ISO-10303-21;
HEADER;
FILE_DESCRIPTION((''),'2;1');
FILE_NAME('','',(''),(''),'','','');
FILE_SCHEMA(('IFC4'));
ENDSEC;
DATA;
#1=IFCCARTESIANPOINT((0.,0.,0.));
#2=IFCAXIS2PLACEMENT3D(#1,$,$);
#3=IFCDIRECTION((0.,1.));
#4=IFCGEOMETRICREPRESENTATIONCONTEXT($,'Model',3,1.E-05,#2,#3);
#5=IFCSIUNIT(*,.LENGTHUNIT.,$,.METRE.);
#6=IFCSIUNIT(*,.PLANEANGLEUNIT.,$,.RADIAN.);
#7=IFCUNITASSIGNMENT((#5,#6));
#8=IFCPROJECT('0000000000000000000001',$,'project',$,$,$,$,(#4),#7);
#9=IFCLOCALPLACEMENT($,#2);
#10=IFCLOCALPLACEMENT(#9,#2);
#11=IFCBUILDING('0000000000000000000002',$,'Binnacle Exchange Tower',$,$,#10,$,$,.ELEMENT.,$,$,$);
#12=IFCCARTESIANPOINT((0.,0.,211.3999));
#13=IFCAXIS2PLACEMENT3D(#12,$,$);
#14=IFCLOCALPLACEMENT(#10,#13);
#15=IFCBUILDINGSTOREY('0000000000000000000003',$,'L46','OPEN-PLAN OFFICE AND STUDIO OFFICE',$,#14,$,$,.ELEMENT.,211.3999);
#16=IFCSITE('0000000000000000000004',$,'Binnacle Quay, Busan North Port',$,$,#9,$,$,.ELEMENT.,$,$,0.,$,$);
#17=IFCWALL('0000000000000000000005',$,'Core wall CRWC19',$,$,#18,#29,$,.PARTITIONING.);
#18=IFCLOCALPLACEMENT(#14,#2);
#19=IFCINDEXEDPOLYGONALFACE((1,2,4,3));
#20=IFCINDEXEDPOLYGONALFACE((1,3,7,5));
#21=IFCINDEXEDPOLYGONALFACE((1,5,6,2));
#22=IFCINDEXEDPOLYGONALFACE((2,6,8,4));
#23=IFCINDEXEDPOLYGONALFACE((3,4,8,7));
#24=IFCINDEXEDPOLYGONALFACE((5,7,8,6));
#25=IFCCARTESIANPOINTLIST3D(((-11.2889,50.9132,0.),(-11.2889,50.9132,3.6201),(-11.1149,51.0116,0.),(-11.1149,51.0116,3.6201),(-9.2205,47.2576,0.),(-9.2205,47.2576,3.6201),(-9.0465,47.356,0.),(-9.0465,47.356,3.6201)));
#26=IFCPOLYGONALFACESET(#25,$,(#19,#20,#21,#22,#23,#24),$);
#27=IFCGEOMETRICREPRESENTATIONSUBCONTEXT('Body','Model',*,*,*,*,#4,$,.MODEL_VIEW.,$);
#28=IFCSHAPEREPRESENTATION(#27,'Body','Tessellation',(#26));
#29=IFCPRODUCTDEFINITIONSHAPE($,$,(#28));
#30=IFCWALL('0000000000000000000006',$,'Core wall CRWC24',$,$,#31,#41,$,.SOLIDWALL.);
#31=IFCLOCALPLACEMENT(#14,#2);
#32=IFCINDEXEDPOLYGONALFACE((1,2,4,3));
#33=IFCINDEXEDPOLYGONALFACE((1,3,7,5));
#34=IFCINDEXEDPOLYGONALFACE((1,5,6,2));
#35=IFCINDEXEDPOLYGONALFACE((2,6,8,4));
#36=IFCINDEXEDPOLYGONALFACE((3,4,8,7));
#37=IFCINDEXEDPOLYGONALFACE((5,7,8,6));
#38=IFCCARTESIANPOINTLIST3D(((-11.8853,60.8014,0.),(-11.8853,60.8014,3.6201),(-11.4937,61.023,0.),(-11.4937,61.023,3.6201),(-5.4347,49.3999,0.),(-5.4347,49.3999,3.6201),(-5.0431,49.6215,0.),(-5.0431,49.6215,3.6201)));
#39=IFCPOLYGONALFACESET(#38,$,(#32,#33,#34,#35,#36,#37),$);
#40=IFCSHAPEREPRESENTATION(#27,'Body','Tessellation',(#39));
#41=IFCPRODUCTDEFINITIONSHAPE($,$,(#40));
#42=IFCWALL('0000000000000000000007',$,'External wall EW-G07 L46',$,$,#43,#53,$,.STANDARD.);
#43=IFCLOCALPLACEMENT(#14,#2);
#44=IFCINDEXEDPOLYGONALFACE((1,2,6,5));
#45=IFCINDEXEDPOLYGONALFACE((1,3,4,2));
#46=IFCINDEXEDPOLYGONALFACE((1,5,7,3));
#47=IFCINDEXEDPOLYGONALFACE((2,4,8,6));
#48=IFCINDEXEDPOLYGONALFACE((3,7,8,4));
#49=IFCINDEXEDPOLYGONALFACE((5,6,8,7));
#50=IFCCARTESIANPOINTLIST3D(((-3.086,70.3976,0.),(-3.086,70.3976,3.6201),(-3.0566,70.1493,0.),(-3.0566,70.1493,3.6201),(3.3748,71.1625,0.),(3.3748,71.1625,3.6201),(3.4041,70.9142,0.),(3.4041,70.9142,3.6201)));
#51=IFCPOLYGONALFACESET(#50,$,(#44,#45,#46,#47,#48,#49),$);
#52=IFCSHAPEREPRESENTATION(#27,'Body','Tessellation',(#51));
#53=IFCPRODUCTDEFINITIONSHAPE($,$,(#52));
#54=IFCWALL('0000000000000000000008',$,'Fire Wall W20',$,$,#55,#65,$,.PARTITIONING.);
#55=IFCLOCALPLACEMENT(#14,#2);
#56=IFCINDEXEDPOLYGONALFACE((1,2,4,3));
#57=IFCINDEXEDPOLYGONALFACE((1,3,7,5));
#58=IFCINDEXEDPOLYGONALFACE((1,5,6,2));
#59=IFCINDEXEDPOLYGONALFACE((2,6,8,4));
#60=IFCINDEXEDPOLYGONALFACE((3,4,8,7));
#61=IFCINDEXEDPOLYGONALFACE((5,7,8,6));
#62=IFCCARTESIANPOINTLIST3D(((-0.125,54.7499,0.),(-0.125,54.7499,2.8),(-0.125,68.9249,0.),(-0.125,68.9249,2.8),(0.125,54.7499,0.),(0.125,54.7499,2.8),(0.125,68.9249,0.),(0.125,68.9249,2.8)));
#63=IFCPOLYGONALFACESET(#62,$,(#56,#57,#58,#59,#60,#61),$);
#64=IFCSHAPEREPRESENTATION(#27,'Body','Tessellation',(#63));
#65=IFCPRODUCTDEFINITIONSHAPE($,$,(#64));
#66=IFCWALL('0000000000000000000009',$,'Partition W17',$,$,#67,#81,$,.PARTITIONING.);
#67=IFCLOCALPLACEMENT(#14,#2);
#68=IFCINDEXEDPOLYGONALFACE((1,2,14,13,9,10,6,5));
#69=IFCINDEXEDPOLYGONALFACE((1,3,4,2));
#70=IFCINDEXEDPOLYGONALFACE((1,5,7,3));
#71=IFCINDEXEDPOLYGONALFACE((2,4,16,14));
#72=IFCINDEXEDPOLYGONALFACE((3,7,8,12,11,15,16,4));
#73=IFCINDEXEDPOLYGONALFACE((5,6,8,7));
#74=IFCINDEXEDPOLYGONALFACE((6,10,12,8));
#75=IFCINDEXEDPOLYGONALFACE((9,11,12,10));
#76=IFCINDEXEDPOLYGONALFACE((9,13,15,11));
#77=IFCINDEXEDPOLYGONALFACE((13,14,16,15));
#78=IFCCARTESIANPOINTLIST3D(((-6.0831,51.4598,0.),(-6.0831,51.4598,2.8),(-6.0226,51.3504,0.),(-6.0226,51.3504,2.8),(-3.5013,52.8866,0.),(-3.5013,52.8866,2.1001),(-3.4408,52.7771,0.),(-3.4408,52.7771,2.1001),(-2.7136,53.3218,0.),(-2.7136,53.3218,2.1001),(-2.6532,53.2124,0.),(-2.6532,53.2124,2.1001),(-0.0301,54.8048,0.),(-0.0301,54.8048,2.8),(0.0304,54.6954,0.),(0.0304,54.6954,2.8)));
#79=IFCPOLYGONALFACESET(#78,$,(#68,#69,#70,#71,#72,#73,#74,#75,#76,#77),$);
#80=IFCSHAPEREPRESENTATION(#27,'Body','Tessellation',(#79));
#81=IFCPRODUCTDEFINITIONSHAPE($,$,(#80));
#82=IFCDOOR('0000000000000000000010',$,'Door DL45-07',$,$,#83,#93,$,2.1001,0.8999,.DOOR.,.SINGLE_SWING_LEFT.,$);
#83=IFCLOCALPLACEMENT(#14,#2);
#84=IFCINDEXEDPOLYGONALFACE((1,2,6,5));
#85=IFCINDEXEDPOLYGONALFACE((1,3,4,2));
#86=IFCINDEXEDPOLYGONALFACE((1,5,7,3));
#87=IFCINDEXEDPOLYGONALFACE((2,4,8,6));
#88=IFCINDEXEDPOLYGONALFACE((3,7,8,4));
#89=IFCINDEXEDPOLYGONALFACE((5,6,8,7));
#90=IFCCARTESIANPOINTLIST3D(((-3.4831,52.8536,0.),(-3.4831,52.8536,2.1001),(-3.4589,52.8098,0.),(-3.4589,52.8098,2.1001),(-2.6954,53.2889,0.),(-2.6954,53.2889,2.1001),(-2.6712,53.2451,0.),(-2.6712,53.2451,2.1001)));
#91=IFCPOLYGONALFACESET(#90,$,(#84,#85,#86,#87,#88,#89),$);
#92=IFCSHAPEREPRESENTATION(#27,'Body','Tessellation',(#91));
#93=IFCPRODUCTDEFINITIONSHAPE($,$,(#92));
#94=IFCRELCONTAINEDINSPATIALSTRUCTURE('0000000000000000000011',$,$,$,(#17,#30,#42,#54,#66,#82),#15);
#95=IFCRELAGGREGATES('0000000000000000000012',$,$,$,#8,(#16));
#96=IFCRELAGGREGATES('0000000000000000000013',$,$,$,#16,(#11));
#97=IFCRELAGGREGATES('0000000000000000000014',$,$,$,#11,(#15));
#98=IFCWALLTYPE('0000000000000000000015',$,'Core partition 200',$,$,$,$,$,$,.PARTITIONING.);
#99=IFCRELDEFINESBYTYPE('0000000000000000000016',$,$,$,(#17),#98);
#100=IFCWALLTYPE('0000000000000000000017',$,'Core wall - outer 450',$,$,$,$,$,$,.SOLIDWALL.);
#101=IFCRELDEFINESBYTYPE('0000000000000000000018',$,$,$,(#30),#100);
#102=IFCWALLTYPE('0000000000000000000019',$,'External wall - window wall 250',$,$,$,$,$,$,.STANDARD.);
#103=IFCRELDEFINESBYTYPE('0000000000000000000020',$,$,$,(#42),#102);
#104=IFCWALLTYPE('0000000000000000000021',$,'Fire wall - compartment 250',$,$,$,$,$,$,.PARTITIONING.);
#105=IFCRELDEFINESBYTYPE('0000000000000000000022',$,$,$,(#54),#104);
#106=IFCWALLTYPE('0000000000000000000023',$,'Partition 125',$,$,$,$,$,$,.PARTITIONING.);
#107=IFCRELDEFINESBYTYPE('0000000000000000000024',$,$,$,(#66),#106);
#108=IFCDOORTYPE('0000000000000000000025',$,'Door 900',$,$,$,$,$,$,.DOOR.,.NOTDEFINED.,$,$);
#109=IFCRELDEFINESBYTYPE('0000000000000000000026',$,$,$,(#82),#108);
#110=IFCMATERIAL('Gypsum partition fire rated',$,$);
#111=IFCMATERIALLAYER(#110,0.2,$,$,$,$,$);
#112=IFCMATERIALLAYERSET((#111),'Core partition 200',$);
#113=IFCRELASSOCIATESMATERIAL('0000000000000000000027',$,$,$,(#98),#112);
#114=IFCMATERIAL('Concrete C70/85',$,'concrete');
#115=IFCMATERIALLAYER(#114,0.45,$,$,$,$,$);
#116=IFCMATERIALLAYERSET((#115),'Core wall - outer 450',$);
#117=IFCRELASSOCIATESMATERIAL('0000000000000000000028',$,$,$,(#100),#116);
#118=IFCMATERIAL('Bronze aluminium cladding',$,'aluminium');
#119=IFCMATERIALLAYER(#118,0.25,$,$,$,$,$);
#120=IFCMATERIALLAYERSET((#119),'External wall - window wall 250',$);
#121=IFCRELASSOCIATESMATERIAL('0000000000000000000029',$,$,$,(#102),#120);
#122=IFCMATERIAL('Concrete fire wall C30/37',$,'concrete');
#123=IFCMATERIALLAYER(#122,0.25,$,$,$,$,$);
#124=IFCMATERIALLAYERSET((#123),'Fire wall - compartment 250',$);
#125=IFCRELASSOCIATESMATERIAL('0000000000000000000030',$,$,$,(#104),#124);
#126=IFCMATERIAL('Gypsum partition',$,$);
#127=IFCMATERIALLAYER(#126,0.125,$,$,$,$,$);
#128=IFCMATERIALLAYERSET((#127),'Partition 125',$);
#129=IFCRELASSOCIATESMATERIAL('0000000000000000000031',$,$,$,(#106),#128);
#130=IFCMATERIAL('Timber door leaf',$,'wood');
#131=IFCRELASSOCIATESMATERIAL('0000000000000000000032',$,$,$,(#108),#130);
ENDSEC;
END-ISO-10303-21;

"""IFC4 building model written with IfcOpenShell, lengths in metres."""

from ifc_helpers import new_model, si_unit, direction, frame, frame_2d, origin, place, context, subcontext, project, spatial, rectangle, extrude, material, layer, layer_set, type_object, element, fill, save


model = new_model("IFC4")

# Units and contexts
model_context = context("Model", 3, precision=1e-05, world=origin(), true_north=direction((0.0, 1.0)))
body_context = subcontext(model_context, "Body", "Model", "MODEL_VIEW")
ifc_project = project(units=[si_unit("LENGTHUNIT", "METRE"), si_unit("PLANEANGLEUNIT", "RADIAN")], contexts=[model_context])

# Site, building, storey
site_placement = place(None, origin())
site = spatial("IfcSite", under=ifc_project, at=site_placement, Name="Binnacle Quay, Busan North Port", CompositionType="ELEMENT", RefElevation=0.0)
building_placement = place(site_placement, origin())
building = spatial("IfcBuilding", under=site, at=building_placement, Name="Binnacle Exchange Tower", CompositionType="ELEMENT")
storey_placement = place(building_placement, frame((0.0, 0.0, 211.3999)))
storey = spatial("IfcBuildingStorey", under=building, at=storey_placement, Name="L46", Description="OPEN-PLAN OFFICE AND STUDIO OFFICE", CompositionType="ELEMENT", Elevation=211.3999)

# Walls
ifc_material_1 = material(Name="Gypsum partition fire rated")
ifc_layer_1 = layer(ifc_material_1, 0.2)
ifc_layer_set_1 = layer_set([ifc_layer_1], Name="Core partition 200")
wall_type_1 = type_object("IfcWallType", Name="Core partition 200", PredefinedType="PARTITIONING", material=ifc_layer_set_1)
wall_1_placement = place(storey_placement, frame((-11.2019, 50.9624, 0.0), z_axis=(0.0, 0.0, 1.0), x_axis=(0.492454, -0.870339, 0.0)))
element("IfcWall", 1, at=wall_1_placement, inside=storey, type_object=wall_type_1, Name="Core wall CRWC19", PredefinedType="PARTITIONING", context=body_context, shape_type="SweptSolid", body=[
    extrude(rectangle(XDim=4.2002, YDim=0.2, at=frame_2d((2.1001, 0.0))), origin(), (0.0, 0.0, 1.0), 3.6201),
])
ifc_material_2 = material(Name="Concrete C70/85", Category="concrete")
ifc_layer_2 = layer(ifc_material_2, 0.45)
ifc_layer_set_2 = layer_set([ifc_layer_2], Name="Core wall - outer 450")
wall_type_2 = type_object("IfcWallType", Name="Core wall - outer 450", PredefinedType="SOLIDWALL", material=ifc_layer_set_2)
wall_2_placement = place(storey_placement, frame((-11.6895, 60.9121, 0.0), z_axis=(0.0, 0.0, 1.0), x_axis=(0.492421, -0.870357, 0.0)))
element("IfcWall", 2, at=wall_2_placement, inside=storey, type_object=wall_type_2, Name="Core wall CRWC24", PredefinedType="SOLIDWALL", context=body_context, shape_type="SweptSolid", body=[
    extrude(rectangle(XDim=13.0999, YDim=0.45, at=frame_2d((6.5498, 0.0))), origin(), (0.0, 0.0, 1.0), 3.6201),
])
ifc_material_3 = material(Name="Bronze aluminium cladding", Category="aluminium")
ifc_layer_3 = layer(ifc_material_3, 0.25)
ifc_layer_set_3 = layer_set([ifc_layer_3], Name="External wall - window wall 250")
wall_type_3 = type_object("IfcWallType", Name="External wall - window wall 250", PredefinedType="STANDARD", material=ifc_layer_set_3)
wall_3_placement = place(storey_placement, frame((-3.0713, 70.2734, 0.0), z_axis=(0.0, 0.0, 1.0), x_axis=(0.993065, 0.117571, 0.0)))
element("IfcWall", 3, at=wall_3_placement, inside=storey, type_object=wall_type_3, Name="External wall EW-G07 L46", PredefinedType="STANDARD", context=body_context, shape_type="SweptSolid", body=[
    extrude(rectangle(XDim=6.5059, YDim=0.25, at=frame_2d((3.2529, 0.0))), origin(), (0.0, 0.0, 1.0), 3.6201),
])
ifc_material_4 = material(Name="Concrete fire wall C30/37", Category="concrete")
ifc_layer_4 = layer(ifc_material_4, 0.25)
ifc_layer_set_4 = layer_set([ifc_layer_4], Name="Fire wall - compartment 250")
wall_type_4 = type_object("IfcWallType", Name="Fire wall - compartment 250", PredefinedType="PARTITIONING", material=ifc_layer_set_4)
wall_4_placement = place(storey_placement, frame((0.0, 54.75, 0.0), z_axis=(0.0, 0.0, 1.0), x_axis=(0.0, 1.0, 0.0)))
element("IfcWall", 4, at=wall_4_placement, inside=storey, type_object=wall_type_4, Name="Fire Wall W20", PredefinedType="PARTITIONING", context=body_context, shape_type="SweptSolid", body=[
    extrude(rectangle(XDim=14.175, YDim=0.25, at=frame_2d((7.0874, 0.0))), origin(), (0.0, 0.0, 1.0), 2.8),
])

# Wall, opening, door
ifc_material_5 = material(Name="Gypsum partition")
ifc_layer_5 = layer(ifc_material_5, 0.125)
ifc_layer_set_5 = layer_set([ifc_layer_5], Name="Partition 125")
wall_type_5 = type_object("IfcWallType", Name="Partition 125", PredefinedType="PARTITIONING", material=ifc_layer_set_5)
wall_5_placement = place(storey_placement, frame((-6.053, 51.405, 0.0), z_axis=(0.0, 0.0, 1.0), x_axis=(0.875247, 0.483675, 0.0)))
wall_5 = element("IfcWall", 5, at=wall_5_placement, inside=storey, type_object=wall_type_5, Name="Partition W17", PredefinedType="PARTITIONING", context=body_context, shape_type="SweptSolid", body=[
    extrude(rectangle(XDim=6.9158, YDim=0.125, at=frame_2d((3.458, 0.0))), origin(), (0.0, 0.0, 1.0), 2.8),
])
opening_placement = place(wall_5_placement, frame((2.95, 0.0, 0.0)))
opening = element("IfcOpeningElement", 6, at=opening_placement, cuts=wall_5, PredefinedType="OPENING", context=body_context, shape_type="SweptSolid", body=[
    extrude(rectangle(XDim=0.8999, YDim=2.1001, at=frame_2d((0.45, 1.05))), frame((0.0, 0.0725, 0.0), z_axis=(0.0, -1.0, 0.0), x_axis=(1.0, 0.0, 0.0)), (0.0, 0.0, 1.0), 0.145),
])
ifc_material_6 = material(Name="Timber door leaf", Category="wood")
door_type = type_object("IfcDoorType", Name="Door 900", OperationType="NOTDEFINED", PredefinedType="DOOR", material=ifc_material_6)
door_placement = place(opening_placement, origin())
door = element("IfcDoor", 7, at=door_placement, inside=storey, type_object=door_type, Name="Door DL45-07", OperationType="SINGLE_SWING_LEFT", OverallHeight=2.1001, OverallWidth=0.8999, PredefinedType="DOOR", context=body_context, shape_type="SweptSolid", body=[
    extrude(rectangle(XDim=0.8999, YDim=2.1001, at=frame_2d((0.45, 1.05))), frame((0.0, 0.0249, 0.0), z_axis=(0.0, -1.0, 0.0), x_axis=(1.0, 0.0, 0.0)), (0.0, 0.0, 1.0), 0.05),
])
fill(opening, door)

save(model, "model.ifc")
